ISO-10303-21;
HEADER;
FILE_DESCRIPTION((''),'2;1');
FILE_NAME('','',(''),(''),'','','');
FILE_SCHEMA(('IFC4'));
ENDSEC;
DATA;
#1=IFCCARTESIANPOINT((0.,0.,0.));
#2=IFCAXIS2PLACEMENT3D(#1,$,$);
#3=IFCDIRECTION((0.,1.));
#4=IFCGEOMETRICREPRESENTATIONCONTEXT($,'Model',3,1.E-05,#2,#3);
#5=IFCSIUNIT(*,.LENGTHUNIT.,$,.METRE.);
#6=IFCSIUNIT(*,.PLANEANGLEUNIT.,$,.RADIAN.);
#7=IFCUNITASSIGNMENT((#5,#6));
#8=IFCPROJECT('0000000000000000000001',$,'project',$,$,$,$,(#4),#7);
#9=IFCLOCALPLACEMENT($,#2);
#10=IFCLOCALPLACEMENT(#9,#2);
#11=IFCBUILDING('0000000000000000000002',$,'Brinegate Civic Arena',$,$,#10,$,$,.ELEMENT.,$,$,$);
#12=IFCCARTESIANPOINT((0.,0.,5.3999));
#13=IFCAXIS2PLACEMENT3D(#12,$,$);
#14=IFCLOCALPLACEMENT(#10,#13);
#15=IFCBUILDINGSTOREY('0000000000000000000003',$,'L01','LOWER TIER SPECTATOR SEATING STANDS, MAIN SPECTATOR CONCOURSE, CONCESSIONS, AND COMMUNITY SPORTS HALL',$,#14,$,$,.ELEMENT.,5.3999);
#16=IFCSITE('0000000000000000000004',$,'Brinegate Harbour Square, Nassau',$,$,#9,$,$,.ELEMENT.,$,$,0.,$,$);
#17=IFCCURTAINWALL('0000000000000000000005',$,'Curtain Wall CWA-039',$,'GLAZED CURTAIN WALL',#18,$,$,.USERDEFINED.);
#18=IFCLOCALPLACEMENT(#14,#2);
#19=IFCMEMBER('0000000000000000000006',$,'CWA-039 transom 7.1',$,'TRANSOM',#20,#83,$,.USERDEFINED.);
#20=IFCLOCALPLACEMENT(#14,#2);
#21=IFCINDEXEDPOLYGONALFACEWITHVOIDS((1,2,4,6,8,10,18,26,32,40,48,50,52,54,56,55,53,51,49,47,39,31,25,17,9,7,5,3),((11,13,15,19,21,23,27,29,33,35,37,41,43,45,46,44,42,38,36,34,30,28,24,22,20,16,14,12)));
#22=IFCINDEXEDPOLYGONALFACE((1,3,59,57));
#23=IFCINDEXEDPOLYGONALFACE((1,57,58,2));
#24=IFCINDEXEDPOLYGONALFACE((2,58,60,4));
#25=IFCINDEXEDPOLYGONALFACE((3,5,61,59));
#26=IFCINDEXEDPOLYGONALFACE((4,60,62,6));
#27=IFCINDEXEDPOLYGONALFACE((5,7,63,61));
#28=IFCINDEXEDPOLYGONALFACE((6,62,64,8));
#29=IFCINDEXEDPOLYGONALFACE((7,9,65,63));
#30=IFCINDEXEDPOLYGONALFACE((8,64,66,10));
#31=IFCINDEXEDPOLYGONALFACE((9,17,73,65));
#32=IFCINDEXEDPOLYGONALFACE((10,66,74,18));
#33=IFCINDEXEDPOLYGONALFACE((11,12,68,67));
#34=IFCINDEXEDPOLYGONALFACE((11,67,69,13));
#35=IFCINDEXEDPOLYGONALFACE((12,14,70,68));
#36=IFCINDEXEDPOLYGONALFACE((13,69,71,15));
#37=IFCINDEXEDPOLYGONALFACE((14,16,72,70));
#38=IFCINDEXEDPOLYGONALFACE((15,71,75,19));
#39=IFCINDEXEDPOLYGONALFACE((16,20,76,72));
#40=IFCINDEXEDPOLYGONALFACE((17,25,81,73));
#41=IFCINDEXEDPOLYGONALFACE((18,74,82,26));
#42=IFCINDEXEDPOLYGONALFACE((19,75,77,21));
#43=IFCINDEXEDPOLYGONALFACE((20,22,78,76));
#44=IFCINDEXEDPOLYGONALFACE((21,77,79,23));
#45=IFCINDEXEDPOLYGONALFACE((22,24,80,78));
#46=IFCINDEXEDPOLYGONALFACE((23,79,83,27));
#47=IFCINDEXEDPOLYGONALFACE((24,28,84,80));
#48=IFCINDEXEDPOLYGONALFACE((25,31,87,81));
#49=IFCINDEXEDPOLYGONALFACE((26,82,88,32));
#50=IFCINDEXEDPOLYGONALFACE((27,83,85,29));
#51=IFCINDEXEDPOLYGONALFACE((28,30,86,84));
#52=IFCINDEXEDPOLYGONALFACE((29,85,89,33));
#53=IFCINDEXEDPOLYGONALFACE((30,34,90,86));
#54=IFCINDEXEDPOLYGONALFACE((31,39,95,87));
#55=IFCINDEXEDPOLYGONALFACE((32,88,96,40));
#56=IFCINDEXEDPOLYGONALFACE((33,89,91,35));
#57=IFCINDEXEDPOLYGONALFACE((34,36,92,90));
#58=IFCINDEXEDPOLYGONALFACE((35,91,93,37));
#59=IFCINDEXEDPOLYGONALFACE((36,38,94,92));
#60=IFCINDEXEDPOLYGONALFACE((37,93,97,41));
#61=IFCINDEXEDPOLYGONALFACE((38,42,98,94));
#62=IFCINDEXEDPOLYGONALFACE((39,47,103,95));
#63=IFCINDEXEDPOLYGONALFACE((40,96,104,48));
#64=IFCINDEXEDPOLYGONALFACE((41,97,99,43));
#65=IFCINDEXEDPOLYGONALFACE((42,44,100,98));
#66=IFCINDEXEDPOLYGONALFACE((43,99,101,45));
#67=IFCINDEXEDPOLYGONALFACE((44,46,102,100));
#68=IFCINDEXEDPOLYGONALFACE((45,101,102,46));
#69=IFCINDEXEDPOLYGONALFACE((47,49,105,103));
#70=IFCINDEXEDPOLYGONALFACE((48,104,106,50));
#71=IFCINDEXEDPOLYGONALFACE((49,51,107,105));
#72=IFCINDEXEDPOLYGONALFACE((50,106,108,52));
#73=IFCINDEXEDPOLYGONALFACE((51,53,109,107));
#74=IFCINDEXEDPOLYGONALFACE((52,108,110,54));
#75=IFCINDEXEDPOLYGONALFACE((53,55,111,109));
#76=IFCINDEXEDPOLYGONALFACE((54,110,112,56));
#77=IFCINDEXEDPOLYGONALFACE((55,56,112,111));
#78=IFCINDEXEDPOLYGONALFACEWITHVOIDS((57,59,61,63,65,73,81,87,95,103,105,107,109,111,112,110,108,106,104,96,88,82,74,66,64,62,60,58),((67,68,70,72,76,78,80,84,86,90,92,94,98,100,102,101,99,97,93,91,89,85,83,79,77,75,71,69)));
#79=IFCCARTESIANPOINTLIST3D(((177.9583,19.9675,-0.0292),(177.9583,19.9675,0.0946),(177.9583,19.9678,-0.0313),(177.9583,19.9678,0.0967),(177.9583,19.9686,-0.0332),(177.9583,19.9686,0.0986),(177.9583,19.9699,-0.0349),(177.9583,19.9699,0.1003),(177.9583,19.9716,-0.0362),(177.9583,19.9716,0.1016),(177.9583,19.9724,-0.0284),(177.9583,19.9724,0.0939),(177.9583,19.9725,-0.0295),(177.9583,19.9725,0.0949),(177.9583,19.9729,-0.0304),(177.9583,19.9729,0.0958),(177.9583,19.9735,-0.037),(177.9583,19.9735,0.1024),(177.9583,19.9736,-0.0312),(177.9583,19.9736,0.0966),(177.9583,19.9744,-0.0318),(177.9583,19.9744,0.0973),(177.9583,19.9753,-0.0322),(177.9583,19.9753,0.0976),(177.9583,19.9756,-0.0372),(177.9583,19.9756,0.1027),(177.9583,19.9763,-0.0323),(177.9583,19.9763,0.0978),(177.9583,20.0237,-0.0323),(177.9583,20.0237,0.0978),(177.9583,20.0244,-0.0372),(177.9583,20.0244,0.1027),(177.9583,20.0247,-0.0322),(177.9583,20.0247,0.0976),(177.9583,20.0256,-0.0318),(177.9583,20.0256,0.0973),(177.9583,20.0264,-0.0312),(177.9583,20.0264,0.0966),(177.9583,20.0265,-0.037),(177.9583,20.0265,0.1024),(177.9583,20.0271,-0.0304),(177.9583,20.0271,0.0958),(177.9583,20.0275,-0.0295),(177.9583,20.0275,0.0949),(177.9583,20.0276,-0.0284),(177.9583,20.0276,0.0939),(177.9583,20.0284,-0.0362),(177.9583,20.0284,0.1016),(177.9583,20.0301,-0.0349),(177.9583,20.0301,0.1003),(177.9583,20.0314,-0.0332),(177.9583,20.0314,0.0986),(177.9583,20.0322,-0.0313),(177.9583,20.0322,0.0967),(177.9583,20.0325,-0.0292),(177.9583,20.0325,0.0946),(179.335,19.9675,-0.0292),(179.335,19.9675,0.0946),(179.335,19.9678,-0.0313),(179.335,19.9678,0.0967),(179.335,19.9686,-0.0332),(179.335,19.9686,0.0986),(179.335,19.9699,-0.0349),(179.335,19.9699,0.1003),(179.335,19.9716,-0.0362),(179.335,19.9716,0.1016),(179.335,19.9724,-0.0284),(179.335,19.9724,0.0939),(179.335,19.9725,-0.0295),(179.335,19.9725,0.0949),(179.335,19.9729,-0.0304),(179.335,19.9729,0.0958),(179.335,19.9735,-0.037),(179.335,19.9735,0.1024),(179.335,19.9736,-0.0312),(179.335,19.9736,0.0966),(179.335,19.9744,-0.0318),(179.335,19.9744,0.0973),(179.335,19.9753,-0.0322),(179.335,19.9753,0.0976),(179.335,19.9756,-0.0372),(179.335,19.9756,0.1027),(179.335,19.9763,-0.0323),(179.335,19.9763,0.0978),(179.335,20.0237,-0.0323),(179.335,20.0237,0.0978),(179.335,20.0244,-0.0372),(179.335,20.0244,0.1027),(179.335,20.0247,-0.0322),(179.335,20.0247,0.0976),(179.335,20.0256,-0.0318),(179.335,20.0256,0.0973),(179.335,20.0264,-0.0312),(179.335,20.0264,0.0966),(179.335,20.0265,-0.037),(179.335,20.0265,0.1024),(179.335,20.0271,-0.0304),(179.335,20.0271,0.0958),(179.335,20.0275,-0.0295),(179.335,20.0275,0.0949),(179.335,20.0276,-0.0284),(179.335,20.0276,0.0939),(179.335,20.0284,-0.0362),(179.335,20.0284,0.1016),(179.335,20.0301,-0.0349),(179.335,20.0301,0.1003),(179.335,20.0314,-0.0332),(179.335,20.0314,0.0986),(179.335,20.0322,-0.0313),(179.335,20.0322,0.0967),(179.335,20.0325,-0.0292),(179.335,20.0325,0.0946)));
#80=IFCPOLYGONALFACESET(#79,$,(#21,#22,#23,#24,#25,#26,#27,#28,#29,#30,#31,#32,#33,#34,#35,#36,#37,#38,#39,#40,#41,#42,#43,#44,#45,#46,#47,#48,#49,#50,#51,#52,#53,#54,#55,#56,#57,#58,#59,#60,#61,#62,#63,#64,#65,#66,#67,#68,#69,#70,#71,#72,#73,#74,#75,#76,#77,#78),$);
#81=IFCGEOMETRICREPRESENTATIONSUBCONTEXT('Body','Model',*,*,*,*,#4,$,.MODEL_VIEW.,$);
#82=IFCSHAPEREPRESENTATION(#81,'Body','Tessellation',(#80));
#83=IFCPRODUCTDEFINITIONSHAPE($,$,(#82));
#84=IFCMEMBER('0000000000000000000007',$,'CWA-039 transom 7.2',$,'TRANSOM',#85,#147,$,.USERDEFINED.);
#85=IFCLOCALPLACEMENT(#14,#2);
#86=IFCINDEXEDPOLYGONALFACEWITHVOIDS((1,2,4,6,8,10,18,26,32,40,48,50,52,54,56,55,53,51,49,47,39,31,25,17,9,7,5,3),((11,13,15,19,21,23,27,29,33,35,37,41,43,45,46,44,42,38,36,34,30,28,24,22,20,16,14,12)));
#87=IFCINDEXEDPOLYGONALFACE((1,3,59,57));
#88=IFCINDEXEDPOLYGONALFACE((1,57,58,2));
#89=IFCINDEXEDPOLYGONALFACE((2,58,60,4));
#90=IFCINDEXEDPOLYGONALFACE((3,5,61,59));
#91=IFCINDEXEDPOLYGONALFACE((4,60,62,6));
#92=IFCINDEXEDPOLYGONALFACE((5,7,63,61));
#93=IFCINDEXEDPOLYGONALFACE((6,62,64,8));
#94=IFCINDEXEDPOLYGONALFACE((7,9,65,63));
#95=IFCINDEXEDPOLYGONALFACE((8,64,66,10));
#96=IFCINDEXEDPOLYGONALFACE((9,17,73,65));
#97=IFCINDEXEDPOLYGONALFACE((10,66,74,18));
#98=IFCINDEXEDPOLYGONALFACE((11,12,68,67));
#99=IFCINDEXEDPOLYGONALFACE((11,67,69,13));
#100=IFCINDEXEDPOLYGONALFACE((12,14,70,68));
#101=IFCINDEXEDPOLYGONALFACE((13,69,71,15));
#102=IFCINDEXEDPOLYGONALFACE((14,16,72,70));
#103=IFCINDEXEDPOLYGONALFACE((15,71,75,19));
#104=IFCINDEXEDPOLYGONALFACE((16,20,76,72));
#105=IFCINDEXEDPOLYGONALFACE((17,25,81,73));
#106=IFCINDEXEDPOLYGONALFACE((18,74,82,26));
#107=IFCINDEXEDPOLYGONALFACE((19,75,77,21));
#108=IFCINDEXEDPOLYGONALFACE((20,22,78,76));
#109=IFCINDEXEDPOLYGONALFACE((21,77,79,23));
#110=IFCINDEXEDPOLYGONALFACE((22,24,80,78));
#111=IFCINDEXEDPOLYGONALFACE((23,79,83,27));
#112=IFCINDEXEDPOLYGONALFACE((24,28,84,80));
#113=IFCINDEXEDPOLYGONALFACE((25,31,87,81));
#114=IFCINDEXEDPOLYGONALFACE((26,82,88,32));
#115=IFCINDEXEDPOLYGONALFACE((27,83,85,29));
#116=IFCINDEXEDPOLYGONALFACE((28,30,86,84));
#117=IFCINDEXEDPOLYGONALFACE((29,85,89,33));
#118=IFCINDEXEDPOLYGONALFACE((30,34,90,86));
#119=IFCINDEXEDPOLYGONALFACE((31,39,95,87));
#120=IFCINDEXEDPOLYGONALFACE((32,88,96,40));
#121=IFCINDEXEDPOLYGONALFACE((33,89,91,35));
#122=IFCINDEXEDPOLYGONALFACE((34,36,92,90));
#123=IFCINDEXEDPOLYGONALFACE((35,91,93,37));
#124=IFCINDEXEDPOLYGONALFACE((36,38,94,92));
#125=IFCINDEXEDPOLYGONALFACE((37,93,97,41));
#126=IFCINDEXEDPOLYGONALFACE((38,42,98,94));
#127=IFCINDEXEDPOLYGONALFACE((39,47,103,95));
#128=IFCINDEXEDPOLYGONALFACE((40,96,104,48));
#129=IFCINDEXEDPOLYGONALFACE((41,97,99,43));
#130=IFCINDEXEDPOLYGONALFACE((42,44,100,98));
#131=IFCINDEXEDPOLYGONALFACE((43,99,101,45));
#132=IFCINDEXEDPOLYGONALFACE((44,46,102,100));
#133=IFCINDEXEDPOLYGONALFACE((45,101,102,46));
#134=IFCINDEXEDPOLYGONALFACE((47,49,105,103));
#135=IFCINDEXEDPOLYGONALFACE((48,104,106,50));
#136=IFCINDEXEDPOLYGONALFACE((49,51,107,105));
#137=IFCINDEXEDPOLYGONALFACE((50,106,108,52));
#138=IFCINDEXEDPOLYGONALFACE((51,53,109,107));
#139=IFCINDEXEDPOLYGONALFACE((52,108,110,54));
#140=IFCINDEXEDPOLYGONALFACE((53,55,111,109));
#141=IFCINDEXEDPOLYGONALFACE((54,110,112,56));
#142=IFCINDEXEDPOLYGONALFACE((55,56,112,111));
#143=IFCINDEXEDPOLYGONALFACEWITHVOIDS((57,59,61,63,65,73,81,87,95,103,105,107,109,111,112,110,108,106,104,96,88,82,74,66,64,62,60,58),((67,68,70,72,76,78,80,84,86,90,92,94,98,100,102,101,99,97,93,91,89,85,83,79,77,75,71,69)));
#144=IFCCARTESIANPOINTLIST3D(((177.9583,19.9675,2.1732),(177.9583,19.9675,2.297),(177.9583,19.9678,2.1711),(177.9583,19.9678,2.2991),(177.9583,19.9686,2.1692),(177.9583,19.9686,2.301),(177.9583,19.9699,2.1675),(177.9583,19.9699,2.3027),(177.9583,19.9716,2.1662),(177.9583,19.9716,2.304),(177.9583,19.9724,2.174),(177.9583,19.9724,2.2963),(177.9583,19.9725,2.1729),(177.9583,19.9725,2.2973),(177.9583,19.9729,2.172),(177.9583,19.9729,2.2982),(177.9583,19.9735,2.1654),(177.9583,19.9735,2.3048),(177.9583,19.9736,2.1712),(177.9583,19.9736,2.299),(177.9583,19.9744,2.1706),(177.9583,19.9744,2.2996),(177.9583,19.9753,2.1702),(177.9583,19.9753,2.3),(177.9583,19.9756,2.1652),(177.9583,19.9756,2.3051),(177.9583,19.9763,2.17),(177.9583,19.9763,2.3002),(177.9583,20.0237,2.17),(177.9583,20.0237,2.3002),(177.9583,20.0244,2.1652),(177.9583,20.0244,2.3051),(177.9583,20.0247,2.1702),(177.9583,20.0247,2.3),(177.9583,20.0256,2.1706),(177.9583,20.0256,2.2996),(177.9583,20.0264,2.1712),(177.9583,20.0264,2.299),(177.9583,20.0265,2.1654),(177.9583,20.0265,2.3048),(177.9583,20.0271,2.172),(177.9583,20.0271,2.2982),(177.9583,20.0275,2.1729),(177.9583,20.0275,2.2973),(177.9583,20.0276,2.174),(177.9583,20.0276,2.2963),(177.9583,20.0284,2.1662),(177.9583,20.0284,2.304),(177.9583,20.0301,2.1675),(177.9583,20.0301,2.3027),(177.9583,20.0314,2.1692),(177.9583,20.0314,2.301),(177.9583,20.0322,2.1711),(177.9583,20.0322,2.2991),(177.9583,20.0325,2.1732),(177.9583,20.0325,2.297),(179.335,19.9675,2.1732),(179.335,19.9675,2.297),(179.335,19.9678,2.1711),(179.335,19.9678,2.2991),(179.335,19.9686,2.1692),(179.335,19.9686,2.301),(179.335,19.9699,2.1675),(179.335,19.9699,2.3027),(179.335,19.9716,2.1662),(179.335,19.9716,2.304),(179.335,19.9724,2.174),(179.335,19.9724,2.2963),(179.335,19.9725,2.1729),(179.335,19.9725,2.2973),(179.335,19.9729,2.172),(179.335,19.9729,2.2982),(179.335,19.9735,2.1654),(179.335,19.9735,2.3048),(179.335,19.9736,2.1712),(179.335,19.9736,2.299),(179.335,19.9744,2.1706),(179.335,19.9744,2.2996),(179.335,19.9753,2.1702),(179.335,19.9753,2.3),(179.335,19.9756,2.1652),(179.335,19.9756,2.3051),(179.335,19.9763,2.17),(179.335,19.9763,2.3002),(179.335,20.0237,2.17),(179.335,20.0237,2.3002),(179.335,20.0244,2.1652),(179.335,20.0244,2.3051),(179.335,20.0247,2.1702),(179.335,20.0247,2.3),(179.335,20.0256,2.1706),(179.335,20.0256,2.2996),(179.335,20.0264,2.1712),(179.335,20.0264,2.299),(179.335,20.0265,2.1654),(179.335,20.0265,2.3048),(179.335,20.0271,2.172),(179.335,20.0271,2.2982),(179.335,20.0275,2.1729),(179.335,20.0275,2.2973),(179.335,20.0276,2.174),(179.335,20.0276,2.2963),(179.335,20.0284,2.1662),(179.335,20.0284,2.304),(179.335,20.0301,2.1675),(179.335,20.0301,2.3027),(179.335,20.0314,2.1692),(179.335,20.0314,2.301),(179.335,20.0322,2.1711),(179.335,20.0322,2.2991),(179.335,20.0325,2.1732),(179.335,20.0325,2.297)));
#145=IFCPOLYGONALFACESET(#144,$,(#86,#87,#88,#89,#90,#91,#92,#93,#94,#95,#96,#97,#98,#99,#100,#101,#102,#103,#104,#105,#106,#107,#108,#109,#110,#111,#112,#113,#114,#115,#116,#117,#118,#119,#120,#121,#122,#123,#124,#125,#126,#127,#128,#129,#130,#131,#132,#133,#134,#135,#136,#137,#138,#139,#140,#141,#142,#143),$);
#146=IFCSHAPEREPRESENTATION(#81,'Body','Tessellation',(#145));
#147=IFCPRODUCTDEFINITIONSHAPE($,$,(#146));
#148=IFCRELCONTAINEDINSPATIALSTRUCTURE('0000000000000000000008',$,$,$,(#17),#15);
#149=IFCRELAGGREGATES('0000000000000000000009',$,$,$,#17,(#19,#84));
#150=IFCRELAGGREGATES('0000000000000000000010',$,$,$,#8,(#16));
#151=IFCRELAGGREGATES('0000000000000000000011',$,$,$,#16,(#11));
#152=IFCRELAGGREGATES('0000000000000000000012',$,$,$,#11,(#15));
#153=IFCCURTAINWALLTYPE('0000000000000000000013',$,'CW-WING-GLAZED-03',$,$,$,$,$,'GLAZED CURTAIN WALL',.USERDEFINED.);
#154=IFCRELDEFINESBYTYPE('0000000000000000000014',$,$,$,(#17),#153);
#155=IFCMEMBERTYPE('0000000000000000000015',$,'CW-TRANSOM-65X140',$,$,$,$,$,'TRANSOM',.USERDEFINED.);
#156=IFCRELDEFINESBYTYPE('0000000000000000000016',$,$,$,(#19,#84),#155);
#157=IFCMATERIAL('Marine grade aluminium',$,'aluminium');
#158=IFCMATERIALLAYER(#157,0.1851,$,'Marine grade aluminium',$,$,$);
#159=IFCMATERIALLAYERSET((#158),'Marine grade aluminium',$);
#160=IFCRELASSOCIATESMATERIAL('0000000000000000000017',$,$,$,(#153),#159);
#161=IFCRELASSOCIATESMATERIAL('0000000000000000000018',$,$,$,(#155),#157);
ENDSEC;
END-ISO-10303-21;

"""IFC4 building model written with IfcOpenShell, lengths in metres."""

from ifc_helpers import new_model, si_unit, direction, frame, origin, origin_2d, place, context, subcontext, project, spatial, hollow_rectangle, extrude, material, layer, layer_set, material_profile, profile_set, type_object, element, aggregate, save


model = new_model("IFC4")

# Units and contexts
model_context = context("Model", 3, precision=1e-05, world=origin(), true_north=direction((0.0, 1.0)))
body_context = subcontext(model_context, "Body", "Model", "MODEL_VIEW")
ifc_project = project(units=[si_unit("LENGTHUNIT", "METRE"), si_unit("PLANEANGLEUNIT", "RADIAN")], contexts=[model_context])

# Site, building, storey
site_placement = place(None, origin())
site = spatial("IfcSite", under=ifc_project, at=site_placement, Name="Brinegate Harbour Square, Nassau", CompositionType="ELEMENT", RefElevation=0.0)
building_placement = place(site_placement, origin())
building = spatial("IfcBuilding", under=site, at=building_placement, Name="Brinegate Civic Arena", CompositionType="ELEMENT")
storey_placement = place(building_placement, frame((0.0, 0.0, 5.3999)))
storey = spatial("IfcBuildingStorey", under=building, at=storey_placement, Name="L01", Description="LOWER TIER SPECTATOR SEATING STANDS, MAIN SPECTATOR CONCOURSE, CONCESSIONS, AND COMMUNITY SPORTS HALL", CompositionType="ELEMENT", Elevation=5.3999)

# Curtain wall
ifc_material_1 = material(Name="Marine grade aluminium", Category="aluminium")
ifc_layer_1 = layer(ifc_material_1, 0.1851, Name="Marine grade aluminium")
ifc_layer_set_1 = layer_set([ifc_layer_1], Name="Marine grade aluminium")
curtain_wall_type = type_object("IfcCurtainWallType", Name="CW-WING-GLAZED-03", ElementType="GLAZED CURTAIN WALL", PredefinedType="USERDEFINED", material=ifc_layer_set_1)
curtain_wall_1_placement = place(storey_placement, origin())
curtain_wall_1 = element("IfcCurtainWall", 1, at=curtain_wall_1_placement, inside=storey, type_object=curtain_wall_type, Name="Curtain Wall CWA-039", ObjectType="GLAZED CURTAIN WALL", PredefinedType="USERDEFINED")

# Members
ifc_material_profile_1 = material_profile(ifc_material_1, hollow_rectangle(XDim=0.0649, YDim=0.1399, WallThickness=0.0049, InnerFilletRadius=0.0039, OuterFilletRadius=0.0081, at=origin_2d()), Name="TRN65X140")
ifc_profile_set_1 = profile_set([ifc_material_profile_1], Name="Marine grade aluminium")
member_type_1 = type_object("IfcMemberType", Name="CW-TRANSOM-65X140", ElementType="TRANSOM", PredefinedType="USERDEFINED", material=ifc_profile_set_1)
member_1_placement = place(storey_placement, frame((177.9583, 20.0, 0.0327), z_axis=(1.0, 0.0, 0.0), x_axis=(0.0, 1.0, 0.0)))
member_1 = element("IfcMember", 2, at=member_1_placement, type_object=member_type_1, Name="CWA-039 transom 7.1", ObjectType="TRANSOM", PredefinedType="USERDEFINED", context=body_context, shape_type="SweptSolid", body=[
    extrude(hollow_rectangle(XDim=0.0649, YDim=0.1399, WallThickness=0.0049, InnerFilletRadius=0.0039, OuterFilletRadius=0.0081, at=origin_2d()), origin(), (0.0, 0.0, 1.0), 1.3767),
])
member_2_placement = place(storey_placement, frame((177.9583, 20.0, 2.2351), z_axis=(1.0, 0.0, 0.0), x_axis=(0.0, 1.0, 0.0)))
member_2 = element("IfcMember", 3, at=member_2_placement, type_object=member_type_1, Name="CWA-039 transom 7.2", ObjectType="TRANSOM", PredefinedType="USERDEFINED", context=body_context, shape_type="SweptSolid", body=[
    extrude(hollow_rectangle(XDim=0.0649, YDim=0.1399, WallThickness=0.0049, InnerFilletRadius=0.0039, OuterFilletRadius=0.0081, at=origin_2d()), origin(), (0.0, 0.0, 1.0), 1.3767),
])

aggregate(curtain_wall_1, [member_1, member_2])

save(model, "model.ifc")
